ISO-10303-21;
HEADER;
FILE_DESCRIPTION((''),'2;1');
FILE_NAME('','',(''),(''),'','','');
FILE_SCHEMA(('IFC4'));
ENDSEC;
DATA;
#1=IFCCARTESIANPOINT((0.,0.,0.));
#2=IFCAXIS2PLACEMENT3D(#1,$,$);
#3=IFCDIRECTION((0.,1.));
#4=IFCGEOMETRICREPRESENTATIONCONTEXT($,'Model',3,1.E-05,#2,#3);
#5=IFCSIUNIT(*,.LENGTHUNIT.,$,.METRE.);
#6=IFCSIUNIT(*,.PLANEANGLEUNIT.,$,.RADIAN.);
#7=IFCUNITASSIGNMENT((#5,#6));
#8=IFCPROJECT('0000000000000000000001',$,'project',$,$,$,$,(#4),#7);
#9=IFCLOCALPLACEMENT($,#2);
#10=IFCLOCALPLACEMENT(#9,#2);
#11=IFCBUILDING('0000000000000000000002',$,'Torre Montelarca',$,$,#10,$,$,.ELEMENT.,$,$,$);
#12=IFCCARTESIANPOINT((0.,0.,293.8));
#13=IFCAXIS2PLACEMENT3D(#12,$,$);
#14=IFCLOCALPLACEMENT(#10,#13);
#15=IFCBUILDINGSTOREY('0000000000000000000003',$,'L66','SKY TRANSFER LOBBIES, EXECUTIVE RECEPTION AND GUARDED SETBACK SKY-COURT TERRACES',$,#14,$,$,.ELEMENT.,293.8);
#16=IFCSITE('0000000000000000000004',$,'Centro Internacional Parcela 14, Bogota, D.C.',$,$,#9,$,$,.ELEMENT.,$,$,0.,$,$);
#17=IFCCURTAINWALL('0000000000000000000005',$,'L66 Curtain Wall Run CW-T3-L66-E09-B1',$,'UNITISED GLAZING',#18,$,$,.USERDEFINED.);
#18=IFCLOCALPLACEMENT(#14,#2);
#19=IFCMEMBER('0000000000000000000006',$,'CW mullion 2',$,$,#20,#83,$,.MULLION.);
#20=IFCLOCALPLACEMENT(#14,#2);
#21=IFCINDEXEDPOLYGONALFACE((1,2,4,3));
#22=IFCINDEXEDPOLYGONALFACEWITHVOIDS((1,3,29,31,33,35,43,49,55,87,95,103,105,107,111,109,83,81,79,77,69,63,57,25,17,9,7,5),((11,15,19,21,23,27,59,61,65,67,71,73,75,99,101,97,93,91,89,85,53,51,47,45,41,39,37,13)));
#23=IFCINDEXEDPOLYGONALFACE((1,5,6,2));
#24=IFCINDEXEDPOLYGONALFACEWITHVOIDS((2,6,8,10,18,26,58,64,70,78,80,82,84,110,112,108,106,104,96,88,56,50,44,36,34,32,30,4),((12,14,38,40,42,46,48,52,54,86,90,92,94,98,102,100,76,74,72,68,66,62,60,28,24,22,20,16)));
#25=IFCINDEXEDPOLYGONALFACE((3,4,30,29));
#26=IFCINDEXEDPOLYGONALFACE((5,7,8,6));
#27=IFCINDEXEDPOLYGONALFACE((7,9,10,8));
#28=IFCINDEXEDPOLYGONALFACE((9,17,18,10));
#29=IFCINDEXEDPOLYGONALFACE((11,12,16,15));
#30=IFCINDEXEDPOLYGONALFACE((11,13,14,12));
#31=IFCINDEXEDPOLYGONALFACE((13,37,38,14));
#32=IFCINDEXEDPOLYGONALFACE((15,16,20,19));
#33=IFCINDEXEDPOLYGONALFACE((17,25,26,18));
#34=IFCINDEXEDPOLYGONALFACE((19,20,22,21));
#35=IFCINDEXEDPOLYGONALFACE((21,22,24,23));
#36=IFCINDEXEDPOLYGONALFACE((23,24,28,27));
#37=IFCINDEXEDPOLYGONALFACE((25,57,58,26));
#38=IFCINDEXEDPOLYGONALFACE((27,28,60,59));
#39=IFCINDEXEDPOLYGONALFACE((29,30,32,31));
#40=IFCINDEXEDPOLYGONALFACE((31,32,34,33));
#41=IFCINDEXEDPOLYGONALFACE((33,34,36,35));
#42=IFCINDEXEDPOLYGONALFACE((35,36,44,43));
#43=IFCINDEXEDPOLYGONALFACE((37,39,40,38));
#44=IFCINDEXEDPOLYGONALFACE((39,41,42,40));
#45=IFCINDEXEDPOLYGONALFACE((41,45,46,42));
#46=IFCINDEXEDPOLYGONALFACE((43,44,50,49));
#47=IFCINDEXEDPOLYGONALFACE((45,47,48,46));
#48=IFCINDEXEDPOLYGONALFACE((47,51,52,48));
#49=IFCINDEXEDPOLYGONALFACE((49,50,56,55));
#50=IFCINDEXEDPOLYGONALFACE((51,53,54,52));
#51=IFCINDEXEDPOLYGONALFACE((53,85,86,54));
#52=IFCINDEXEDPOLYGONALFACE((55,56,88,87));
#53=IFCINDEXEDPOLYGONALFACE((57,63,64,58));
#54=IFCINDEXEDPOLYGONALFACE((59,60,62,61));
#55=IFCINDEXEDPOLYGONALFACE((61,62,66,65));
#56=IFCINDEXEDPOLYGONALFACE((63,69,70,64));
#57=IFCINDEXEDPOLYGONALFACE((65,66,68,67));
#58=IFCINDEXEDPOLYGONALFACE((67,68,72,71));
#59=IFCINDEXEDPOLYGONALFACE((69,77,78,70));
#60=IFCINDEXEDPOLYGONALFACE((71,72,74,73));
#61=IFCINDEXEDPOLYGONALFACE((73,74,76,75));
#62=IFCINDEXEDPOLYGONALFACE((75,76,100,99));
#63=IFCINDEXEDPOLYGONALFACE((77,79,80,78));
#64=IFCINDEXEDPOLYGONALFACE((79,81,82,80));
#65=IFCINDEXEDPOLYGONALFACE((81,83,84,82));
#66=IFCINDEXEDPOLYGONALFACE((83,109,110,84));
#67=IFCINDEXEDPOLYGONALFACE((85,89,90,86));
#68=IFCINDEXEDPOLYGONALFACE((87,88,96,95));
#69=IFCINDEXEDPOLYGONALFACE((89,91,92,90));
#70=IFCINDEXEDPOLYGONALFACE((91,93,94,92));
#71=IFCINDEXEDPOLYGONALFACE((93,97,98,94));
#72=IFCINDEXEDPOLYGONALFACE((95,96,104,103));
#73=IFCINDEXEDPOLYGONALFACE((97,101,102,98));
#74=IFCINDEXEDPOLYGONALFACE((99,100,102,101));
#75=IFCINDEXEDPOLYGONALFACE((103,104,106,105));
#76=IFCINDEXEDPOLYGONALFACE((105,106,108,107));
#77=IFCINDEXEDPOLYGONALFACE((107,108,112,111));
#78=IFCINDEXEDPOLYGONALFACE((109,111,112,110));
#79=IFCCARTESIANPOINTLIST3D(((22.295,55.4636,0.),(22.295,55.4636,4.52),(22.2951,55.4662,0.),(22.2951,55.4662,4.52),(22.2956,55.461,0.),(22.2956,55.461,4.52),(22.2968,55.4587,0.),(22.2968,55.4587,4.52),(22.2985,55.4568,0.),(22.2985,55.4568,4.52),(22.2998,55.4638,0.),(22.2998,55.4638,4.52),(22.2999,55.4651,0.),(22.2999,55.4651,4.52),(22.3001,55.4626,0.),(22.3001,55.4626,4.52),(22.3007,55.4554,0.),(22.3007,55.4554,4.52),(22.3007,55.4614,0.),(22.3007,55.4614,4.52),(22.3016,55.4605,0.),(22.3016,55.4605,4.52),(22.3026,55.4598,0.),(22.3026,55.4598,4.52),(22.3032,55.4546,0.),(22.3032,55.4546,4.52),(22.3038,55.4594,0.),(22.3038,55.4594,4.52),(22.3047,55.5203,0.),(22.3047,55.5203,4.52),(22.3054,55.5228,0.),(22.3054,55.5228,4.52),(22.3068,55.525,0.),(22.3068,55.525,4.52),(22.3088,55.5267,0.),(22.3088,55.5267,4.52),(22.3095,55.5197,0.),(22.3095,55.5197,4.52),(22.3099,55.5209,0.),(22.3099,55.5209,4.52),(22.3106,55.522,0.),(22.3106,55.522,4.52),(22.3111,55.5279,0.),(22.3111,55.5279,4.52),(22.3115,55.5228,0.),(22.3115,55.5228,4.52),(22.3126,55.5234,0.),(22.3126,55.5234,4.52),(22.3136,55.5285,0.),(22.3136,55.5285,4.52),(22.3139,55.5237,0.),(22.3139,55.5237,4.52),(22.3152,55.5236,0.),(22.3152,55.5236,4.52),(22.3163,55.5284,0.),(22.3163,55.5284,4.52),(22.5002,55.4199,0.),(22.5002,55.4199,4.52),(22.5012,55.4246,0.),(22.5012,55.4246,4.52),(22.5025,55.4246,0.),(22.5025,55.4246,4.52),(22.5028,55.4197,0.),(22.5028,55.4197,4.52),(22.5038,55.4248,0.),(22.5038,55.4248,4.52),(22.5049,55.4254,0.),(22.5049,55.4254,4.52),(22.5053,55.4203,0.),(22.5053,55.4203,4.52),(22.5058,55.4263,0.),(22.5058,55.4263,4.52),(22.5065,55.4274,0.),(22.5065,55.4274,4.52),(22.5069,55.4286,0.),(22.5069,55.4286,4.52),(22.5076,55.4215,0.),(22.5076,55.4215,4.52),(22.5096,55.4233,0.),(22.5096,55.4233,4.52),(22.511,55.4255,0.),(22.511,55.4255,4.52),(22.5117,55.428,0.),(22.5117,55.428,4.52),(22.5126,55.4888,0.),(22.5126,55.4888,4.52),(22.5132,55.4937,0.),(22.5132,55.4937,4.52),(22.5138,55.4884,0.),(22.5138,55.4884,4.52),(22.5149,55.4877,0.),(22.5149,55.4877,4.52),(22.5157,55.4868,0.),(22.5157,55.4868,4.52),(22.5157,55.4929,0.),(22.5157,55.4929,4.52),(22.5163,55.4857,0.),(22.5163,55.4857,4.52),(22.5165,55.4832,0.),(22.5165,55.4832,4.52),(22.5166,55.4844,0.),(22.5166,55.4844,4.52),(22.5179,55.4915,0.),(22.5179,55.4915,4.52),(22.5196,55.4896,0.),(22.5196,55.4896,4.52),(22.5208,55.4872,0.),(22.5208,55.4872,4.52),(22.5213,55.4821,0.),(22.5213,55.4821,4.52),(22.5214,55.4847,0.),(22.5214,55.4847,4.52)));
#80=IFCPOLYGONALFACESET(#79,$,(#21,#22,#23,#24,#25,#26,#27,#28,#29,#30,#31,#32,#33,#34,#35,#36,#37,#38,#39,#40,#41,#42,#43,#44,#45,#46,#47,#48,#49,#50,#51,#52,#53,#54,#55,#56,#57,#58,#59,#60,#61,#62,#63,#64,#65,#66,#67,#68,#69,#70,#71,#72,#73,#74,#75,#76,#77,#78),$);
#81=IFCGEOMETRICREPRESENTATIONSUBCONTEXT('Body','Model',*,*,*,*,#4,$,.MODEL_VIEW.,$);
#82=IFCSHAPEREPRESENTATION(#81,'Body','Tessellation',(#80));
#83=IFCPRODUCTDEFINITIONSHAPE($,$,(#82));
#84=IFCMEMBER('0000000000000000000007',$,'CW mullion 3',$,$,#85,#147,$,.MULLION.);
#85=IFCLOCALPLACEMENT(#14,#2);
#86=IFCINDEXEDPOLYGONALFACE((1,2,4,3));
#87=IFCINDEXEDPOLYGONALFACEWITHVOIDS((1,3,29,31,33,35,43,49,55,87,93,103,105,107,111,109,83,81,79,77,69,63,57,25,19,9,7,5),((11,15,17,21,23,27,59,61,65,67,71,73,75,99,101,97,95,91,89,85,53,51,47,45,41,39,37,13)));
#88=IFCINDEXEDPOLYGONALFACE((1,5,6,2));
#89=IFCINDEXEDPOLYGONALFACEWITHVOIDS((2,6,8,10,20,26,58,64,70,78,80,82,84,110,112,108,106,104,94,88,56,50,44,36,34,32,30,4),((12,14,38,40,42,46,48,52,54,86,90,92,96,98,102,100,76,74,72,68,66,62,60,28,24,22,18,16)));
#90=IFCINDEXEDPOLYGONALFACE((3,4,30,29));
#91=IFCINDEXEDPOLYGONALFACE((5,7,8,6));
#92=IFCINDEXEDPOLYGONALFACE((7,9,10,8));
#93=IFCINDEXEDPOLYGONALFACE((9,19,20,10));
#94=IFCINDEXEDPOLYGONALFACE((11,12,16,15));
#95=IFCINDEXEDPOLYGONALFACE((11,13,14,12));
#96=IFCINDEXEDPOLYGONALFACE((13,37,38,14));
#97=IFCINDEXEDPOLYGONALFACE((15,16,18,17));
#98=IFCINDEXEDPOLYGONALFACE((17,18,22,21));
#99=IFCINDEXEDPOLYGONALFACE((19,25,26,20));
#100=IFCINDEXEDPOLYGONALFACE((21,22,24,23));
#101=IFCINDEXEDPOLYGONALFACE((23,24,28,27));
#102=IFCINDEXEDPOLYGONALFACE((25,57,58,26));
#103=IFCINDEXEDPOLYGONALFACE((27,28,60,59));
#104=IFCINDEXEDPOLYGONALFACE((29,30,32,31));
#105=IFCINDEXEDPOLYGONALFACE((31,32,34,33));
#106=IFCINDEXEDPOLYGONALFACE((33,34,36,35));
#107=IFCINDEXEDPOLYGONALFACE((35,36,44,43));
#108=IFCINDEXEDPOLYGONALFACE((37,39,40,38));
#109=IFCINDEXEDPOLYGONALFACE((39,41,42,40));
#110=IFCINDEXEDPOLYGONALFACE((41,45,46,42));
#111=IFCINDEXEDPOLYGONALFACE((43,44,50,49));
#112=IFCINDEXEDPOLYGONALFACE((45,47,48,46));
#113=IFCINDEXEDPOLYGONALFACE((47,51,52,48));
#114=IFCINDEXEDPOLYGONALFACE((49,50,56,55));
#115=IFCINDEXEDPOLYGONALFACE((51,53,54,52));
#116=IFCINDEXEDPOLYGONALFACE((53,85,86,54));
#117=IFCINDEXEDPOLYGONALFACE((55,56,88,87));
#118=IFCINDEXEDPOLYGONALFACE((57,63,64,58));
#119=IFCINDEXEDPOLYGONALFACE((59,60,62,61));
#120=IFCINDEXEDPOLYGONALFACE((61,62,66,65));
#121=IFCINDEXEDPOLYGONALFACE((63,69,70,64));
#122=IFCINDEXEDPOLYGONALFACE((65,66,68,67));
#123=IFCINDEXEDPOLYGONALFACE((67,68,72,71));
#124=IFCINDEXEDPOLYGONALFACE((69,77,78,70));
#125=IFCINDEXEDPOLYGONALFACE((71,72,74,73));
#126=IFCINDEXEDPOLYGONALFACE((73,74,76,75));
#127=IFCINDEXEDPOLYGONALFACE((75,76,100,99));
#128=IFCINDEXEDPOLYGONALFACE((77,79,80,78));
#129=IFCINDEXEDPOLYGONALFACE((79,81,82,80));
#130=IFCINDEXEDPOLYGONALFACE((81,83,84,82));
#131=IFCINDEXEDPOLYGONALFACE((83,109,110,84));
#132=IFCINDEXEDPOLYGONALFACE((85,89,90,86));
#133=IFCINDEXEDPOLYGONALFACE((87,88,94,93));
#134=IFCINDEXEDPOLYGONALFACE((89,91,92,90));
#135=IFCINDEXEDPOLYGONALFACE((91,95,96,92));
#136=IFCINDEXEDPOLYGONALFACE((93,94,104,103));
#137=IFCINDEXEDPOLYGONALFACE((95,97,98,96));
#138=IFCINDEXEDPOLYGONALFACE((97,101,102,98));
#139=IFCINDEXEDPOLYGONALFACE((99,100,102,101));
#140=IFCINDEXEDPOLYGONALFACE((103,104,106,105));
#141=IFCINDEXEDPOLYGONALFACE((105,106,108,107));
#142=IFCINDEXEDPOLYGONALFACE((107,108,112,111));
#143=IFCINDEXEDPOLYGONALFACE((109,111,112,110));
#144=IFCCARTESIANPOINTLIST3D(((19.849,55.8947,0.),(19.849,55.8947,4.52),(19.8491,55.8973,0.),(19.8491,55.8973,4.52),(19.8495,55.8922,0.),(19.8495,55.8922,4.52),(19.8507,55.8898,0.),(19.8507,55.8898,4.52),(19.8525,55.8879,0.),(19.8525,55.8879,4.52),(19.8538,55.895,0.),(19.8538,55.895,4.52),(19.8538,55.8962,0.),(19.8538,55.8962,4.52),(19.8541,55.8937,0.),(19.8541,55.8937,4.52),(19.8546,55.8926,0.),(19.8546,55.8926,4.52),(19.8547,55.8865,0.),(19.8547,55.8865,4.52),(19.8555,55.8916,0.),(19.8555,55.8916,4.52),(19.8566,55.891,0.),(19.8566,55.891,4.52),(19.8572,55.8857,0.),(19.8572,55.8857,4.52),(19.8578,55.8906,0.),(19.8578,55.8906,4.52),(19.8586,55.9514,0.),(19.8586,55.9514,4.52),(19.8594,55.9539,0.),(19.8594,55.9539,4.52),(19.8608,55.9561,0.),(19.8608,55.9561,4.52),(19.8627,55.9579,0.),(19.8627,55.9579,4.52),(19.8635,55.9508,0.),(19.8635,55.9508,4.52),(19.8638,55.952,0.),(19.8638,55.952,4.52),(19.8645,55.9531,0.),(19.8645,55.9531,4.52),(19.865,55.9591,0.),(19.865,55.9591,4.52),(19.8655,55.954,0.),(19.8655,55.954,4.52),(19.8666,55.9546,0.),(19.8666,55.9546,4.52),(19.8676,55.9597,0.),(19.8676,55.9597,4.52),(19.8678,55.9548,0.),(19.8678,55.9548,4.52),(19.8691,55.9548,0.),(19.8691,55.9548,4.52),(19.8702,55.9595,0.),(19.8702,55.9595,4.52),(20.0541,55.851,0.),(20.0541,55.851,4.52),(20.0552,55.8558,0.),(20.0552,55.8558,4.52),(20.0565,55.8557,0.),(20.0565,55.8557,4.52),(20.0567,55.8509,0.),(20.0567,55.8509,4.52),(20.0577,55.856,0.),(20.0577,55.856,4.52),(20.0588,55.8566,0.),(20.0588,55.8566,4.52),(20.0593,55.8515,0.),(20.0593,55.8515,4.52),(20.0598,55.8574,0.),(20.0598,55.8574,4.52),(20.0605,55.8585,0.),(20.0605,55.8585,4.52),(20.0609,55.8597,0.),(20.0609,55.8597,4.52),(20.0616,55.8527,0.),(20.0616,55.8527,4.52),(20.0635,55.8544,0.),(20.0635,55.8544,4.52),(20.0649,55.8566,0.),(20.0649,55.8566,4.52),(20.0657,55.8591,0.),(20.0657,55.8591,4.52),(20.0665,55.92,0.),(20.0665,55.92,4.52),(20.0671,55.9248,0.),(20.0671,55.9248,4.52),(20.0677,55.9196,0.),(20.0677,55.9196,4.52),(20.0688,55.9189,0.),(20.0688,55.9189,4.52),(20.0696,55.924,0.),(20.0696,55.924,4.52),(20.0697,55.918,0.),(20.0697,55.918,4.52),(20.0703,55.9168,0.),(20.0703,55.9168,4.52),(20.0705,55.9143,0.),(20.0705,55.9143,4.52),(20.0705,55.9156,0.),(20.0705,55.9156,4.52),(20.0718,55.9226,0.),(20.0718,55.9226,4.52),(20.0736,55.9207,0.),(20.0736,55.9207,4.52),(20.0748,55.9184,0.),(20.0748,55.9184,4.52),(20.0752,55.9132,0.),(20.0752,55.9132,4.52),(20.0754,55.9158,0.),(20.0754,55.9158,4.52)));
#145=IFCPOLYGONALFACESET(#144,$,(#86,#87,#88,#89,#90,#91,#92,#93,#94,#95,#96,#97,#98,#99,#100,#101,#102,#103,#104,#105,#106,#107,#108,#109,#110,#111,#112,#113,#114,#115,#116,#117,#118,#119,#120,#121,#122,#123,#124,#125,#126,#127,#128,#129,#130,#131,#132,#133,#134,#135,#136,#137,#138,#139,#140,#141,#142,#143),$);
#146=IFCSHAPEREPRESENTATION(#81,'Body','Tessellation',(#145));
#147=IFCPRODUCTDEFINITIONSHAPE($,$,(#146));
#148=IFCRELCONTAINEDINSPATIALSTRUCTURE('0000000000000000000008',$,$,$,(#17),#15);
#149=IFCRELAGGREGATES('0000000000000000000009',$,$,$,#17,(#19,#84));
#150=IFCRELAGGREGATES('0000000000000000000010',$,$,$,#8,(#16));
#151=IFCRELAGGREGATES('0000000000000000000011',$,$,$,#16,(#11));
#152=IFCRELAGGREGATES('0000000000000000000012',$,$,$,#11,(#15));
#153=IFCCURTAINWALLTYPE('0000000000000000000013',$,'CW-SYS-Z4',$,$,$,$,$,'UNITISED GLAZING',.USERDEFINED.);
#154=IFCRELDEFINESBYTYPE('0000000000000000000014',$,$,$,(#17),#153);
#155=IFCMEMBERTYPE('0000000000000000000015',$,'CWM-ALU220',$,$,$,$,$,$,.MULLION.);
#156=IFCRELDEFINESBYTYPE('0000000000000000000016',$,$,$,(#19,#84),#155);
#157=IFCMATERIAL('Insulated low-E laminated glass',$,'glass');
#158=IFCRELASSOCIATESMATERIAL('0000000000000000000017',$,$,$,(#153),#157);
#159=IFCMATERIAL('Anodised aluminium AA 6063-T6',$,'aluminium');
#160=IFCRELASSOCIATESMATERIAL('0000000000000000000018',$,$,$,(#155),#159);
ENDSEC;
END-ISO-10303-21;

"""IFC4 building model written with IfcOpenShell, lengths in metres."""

from ifc_helpers import new_model, si_unit, direction, frame, origin, origin_2d, place, context, subcontext, project, spatial, hollow_rectangle, extrude, source, transform, mapped, material, material_profile, profile_set, type_object, element, aggregate, save


model = new_model("IFC4")

# Units and contexts
model_context = context("Model", 3, precision=1e-05, world=origin(), true_north=direction((0.0, 1.0)))
body_context = subcontext(model_context, "Body", "Model", "MODEL_VIEW")
ifc_project = project(units=[si_unit("LENGTHUNIT", "METRE"), si_unit("PLANEANGLEUNIT", "RADIAN")], contexts=[model_context])

# Site, building, storey
site_placement = place(None, origin())
site = spatial("IfcSite", under=ifc_project, at=site_placement, Name="Centro Internacional Parcela 14, Bogota, D.C.", CompositionType="ELEMENT", RefElevation=0.0)
building_placement = place(site_placement, origin())
building = spatial("IfcBuilding", under=site, at=building_placement, Name="Torre Montelarca", CompositionType="ELEMENT")
storey_placement = place(building_placement, frame((0.0, 0.0, 293.8)))
storey = spatial("IfcBuildingStorey", under=building, at=storey_placement, Name="L66", Description="SKY TRANSFER LOBBIES, EXECUTIVE RECEPTION AND GUARDED SETBACK SKY-COURT TERRACES", CompositionType="ELEMENT", Elevation=293.8)

# Curtain wall, members
ifc_material_1 = material(Name="Insulated low-E laminated glass", Category="glass")
curtain_wall_type = type_object("IfcCurtainWallType", Name="CW-SYS-Z4", ElementType="UNITISED GLAZING", PredefinedType="USERDEFINED", material=ifc_material_1)
ifc_material_2 = material(Name="Anodised aluminium AA 6063-T6", Category="aluminium")
ifc_material_profile_1 = material_profile(ifc_material_2, hollow_rectangle(XDim=0.075, YDim=0.22, WallThickness=0.0049, InnerFilletRadius=0.0049, OuterFilletRadius=0.01, at=origin_2d()), Name="ALU75X220X5", Category="aluminium")
ifc_profile_set_1 = profile_set([ifc_material_profile_1], Name="Anodised aluminium AA 6063-T6")
member_type_1 = type_object("IfcMemberType", Name="CWM-ALU220", PredefinedType="MULLION", material=ifc_profile_set_1)
shared_shape_1 = source(origin(), body_context, "Body", "SweptSolid", [
    extrude(hollow_rectangle(XDim=0.075, YDim=0.22, WallThickness=0.0049, InnerFilletRadius=0.0049, OuterFilletRadius=0.01, at=origin_2d()), origin(), (0.0, 0.0, 1.0), 4.52),
])
curtain_wall_1_placement = place(storey_placement, origin())
curtain_wall_1 = element("IfcCurtainWall", 1, at=curtain_wall_1_placement, inside=storey, type_object=curtain_wall_type, Name="L66 Curtain Wall Run CW-T3-L66-E09-B1", ObjectType="UNITISED GLAZING", PredefinedType="USERDEFINED")
member_1_placement = place(storey_placement, frame((22.4082, 55.4741, 0.0), z_axis=(0.0, 0.0, 1.0), x_axis=(-0.173635, -0.98481, 0.0)))
member_1 = element("IfcMember", 2, at=member_1_placement, type_object=member_type_1, Name="CW mullion 2", PredefinedType="MULLION", context=body_context, shape_type="MappedRepresentation", body=[
    mapped(shared_shape_1, transform((0.0, 0.0, 0.0), scale=1.0)),
])
member_2_placement = place(storey_placement, frame((19.9622, 55.9053, 0.0), z_axis=(0.0, 0.0, 1.0), x_axis=(-0.173635, -0.98481, 0.0)))
member_2 = element("IfcMember", 3, at=member_2_placement, type_object=member_type_1, Name="CW mullion 3", PredefinedType="MULLION", context=body_context, shape_type="MappedRepresentation", body=[
    mapped(shared_shape_1, transform((0.0, 0.0, 0.0), scale=1.0)),
])

aggregate(curtain_wall_1, [member_1, member_2])

save(model, "model.ifc")
